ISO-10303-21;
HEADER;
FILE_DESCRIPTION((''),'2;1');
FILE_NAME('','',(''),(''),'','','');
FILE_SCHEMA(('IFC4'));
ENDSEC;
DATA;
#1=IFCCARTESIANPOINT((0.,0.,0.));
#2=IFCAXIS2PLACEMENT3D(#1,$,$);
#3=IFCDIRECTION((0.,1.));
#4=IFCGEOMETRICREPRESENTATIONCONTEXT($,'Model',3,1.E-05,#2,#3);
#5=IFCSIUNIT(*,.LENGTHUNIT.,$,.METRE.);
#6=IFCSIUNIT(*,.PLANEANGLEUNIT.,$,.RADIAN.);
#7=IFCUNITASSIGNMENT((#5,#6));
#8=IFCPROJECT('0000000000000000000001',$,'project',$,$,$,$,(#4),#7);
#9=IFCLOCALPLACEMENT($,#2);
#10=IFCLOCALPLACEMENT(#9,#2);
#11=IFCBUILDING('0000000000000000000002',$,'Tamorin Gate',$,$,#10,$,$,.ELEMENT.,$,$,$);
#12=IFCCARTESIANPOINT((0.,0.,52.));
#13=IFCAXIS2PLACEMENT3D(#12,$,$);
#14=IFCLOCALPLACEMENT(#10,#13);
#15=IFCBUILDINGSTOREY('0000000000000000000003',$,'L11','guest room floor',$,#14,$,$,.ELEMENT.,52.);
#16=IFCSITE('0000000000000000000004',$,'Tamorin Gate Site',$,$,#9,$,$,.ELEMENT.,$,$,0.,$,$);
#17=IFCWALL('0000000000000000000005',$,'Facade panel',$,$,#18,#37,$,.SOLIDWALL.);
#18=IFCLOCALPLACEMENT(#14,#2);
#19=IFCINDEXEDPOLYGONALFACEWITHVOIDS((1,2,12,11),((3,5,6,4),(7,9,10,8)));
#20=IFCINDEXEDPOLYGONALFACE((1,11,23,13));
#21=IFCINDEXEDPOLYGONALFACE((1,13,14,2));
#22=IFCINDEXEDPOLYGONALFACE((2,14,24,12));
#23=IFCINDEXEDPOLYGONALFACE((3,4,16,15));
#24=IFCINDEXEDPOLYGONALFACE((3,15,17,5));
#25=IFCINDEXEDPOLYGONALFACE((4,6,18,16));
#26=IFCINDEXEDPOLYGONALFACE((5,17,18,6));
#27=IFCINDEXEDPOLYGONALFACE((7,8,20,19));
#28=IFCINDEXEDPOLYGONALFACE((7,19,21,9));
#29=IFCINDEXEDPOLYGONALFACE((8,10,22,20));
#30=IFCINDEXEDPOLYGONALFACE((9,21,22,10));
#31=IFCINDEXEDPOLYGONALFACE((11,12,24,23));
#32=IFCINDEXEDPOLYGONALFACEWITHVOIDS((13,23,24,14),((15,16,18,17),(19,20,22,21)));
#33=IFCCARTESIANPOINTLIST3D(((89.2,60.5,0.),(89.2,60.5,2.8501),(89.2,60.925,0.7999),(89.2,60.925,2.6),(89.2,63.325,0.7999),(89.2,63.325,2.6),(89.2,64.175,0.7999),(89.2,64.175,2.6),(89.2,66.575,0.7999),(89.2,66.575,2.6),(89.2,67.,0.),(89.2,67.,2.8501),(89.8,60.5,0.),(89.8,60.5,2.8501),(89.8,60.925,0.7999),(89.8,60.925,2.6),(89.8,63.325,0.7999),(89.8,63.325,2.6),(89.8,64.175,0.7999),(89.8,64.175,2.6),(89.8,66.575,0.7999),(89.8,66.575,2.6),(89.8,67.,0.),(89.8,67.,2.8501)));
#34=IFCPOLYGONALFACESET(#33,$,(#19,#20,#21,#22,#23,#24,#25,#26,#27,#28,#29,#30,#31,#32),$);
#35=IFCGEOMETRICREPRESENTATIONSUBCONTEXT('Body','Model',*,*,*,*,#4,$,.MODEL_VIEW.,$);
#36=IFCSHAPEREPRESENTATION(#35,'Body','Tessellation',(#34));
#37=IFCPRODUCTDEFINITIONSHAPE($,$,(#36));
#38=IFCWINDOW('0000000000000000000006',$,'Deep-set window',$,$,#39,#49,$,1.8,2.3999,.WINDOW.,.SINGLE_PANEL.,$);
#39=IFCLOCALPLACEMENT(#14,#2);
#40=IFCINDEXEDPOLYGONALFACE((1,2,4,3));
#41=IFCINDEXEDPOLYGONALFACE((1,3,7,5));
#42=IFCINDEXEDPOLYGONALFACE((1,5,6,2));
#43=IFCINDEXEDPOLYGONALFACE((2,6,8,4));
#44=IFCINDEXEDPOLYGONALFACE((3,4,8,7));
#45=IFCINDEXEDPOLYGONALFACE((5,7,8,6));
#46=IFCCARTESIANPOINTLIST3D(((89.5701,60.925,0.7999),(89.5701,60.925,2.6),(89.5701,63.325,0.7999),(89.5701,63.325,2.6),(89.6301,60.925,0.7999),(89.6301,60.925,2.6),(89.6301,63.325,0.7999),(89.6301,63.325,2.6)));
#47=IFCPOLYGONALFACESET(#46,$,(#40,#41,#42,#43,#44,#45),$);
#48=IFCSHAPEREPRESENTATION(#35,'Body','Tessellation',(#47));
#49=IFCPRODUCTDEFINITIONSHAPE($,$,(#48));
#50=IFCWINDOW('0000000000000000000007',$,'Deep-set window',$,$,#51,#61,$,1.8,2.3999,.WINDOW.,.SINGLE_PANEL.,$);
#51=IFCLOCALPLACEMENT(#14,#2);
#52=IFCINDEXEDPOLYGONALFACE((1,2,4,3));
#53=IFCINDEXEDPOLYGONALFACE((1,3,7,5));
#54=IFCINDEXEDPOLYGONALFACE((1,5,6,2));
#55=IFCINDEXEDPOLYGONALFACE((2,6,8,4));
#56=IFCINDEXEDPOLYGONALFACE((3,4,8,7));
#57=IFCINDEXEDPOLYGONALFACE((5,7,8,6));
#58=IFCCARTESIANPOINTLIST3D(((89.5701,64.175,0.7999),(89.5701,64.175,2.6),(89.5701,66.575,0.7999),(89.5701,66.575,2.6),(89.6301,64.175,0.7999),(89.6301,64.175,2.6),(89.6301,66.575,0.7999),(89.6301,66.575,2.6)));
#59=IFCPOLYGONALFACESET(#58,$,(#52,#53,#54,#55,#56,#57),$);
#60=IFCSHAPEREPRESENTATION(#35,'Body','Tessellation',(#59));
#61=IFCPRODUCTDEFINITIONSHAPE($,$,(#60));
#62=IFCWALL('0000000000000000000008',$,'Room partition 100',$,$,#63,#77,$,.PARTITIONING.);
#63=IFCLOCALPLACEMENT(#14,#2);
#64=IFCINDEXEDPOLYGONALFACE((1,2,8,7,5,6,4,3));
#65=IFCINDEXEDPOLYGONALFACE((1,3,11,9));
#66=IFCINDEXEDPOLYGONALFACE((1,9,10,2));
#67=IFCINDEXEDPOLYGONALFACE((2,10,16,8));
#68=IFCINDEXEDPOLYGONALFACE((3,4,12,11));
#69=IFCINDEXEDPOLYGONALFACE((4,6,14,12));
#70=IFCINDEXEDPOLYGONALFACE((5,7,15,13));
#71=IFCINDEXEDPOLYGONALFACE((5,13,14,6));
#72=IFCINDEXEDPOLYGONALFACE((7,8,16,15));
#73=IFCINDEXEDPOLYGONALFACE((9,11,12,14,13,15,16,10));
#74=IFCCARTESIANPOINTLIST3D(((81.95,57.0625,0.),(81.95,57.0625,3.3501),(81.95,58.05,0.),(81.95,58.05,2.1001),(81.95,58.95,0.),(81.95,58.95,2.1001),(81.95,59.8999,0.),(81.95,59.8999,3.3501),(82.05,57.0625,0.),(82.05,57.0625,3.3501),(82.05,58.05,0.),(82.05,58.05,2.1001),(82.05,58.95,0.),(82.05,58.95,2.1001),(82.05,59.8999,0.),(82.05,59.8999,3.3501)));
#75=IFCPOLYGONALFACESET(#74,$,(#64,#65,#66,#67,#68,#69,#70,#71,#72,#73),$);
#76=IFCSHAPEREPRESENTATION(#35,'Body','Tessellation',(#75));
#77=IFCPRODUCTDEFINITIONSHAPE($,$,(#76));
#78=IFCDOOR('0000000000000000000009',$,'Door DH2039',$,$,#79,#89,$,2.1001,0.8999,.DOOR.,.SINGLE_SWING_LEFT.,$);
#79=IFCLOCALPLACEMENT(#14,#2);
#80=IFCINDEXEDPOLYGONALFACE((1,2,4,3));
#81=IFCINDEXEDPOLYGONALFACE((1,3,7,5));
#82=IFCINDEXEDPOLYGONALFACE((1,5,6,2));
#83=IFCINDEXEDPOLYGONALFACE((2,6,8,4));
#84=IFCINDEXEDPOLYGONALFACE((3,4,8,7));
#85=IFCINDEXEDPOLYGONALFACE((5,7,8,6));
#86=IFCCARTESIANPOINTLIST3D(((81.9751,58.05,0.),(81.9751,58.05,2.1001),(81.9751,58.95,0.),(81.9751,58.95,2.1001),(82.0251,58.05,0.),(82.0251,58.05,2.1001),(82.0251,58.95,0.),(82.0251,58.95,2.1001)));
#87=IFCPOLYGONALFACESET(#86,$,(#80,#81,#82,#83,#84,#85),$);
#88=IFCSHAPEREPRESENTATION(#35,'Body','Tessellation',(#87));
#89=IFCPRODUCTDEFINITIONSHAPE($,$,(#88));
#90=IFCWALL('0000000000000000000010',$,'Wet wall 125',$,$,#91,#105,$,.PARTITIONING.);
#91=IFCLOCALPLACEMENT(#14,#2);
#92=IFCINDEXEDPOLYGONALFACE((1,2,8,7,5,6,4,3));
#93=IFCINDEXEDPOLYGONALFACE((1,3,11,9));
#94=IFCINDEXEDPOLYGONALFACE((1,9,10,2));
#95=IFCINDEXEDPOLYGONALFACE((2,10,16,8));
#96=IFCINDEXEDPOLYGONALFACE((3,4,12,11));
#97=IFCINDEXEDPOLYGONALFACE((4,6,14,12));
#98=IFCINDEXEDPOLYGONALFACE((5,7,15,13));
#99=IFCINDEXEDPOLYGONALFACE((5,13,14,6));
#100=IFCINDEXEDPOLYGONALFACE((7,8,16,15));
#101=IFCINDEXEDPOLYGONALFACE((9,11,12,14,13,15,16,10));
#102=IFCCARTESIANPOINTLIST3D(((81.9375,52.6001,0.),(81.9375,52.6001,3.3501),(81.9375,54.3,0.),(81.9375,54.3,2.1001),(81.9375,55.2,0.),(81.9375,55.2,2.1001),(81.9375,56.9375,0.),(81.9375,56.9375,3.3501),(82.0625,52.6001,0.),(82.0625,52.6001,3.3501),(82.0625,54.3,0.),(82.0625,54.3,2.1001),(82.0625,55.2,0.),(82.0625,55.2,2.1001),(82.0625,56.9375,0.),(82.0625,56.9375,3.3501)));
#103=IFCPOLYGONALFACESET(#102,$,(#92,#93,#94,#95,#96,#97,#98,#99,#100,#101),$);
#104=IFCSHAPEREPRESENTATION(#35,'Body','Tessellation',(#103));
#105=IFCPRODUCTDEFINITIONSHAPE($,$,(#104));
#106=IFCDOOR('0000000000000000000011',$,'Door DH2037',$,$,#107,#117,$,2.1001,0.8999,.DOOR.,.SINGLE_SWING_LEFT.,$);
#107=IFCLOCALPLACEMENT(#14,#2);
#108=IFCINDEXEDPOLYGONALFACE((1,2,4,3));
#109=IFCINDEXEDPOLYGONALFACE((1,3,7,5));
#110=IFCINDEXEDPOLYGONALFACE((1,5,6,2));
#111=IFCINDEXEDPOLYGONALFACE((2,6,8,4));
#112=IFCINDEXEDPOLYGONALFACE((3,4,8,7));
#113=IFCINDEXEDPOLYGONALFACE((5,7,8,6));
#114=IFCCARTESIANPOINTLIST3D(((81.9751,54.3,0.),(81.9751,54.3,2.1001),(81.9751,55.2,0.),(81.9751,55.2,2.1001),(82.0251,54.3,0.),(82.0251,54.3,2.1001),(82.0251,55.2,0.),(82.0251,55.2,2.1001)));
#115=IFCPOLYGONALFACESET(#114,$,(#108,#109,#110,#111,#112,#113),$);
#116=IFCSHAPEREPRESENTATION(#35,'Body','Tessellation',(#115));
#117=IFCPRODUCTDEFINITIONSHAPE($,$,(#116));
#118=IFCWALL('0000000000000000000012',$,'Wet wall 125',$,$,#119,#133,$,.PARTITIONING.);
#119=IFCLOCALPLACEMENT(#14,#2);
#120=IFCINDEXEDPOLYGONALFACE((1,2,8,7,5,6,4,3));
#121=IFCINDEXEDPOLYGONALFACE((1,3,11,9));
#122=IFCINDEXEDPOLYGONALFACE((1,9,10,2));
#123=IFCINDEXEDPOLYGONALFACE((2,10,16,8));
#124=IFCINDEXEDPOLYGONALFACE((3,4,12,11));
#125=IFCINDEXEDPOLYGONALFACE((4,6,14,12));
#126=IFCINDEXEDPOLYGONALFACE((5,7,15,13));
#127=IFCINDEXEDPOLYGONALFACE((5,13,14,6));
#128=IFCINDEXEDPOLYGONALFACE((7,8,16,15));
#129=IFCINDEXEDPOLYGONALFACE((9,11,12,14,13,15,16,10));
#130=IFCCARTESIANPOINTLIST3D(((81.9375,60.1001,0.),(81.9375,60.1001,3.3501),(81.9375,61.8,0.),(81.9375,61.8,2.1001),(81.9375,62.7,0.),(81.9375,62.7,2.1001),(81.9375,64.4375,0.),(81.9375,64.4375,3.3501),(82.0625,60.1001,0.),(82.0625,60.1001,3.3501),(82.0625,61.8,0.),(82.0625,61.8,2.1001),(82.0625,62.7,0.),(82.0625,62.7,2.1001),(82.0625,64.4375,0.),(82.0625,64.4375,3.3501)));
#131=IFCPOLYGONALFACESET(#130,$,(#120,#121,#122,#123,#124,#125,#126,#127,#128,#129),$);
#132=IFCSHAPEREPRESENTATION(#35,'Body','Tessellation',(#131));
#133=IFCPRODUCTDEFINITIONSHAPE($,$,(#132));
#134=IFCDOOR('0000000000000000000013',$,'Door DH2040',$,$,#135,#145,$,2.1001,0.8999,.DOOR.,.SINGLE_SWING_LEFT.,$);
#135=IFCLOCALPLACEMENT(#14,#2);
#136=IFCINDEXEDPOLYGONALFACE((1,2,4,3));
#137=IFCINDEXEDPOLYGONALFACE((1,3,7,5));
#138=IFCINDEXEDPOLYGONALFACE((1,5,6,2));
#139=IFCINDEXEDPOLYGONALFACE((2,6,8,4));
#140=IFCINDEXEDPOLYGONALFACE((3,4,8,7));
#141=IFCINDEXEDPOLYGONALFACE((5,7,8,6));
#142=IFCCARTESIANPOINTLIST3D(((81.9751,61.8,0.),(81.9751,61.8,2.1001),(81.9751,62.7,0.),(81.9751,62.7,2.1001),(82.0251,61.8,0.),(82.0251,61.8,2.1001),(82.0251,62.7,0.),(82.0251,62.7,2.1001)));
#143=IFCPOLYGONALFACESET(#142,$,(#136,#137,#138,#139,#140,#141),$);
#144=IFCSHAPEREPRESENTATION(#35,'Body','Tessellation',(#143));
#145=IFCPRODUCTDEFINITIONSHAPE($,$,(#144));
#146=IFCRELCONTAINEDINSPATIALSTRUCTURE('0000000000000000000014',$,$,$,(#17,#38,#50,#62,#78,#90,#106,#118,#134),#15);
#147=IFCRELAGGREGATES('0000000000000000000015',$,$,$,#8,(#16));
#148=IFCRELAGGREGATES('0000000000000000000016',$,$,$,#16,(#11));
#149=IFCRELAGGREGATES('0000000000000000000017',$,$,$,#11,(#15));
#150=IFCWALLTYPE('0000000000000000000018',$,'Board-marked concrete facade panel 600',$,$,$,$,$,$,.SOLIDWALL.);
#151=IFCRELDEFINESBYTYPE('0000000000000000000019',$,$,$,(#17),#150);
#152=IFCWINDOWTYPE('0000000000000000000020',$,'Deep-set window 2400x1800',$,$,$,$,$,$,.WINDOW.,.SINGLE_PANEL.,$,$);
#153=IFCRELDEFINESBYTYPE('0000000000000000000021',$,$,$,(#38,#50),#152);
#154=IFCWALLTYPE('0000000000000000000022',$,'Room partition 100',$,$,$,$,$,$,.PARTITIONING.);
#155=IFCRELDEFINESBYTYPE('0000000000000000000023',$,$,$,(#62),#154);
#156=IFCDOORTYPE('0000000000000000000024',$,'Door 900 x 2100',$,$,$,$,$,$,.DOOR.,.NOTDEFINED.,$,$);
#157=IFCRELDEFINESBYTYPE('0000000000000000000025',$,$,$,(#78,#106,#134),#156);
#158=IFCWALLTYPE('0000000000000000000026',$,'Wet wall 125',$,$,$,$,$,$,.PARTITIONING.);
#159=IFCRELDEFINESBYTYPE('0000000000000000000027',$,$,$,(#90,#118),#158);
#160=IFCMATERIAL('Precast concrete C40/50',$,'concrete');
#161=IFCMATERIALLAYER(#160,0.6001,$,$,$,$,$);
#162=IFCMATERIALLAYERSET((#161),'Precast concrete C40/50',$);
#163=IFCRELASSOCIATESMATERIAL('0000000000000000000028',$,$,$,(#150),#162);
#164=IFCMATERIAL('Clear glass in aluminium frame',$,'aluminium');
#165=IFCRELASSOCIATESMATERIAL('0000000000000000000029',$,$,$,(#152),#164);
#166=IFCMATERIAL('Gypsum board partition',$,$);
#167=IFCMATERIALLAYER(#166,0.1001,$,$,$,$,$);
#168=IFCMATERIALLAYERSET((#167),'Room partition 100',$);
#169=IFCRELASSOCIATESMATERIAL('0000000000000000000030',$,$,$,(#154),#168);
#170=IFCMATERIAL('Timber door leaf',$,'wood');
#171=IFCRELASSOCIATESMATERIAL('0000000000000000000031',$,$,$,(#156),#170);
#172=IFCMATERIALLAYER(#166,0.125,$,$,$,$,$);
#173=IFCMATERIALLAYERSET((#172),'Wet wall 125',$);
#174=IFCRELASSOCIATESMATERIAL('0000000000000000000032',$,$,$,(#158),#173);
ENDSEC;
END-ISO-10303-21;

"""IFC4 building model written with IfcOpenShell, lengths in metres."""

from ifc_helpers import new_model, si_unit, direction, frame, frame_2d, origin, place, context, subcontext, project, spatial, rectangle, extrude, material, layer, layer_set, type_object, element, fill, save


model = new_model("IFC4")

# Units and contexts
model_context = context("Model", 3, precision=1e-05, world=origin(), true_north=direction((0.0, 1.0)))
body_context = subcontext(model_context, "Body", "Model", "MODEL_VIEW")
ifc_project = project(units=[si_unit("LENGTHUNIT", "METRE"), si_unit("PLANEANGLEUNIT", "RADIAN")], contexts=[model_context])

# Site, building, storey
site_placement = place(None, origin())
site = spatial("IfcSite", under=ifc_project, at=site_placement, Name="Tamorin Gate Site", CompositionType="ELEMENT", RefElevation=0.0)
building_placement = place(site_placement, origin())
building = spatial("IfcBuilding", under=site, at=building_placement, Name="Tamorin Gate", CompositionType="ELEMENT")
storey_placement = place(building_placement, frame((0.0, 0.0, 52.0)))
storey = spatial("IfcBuildingStorey", under=building, at=storey_placement, Name="L11", Description="guest room floor", CompositionType="ELEMENT", Elevation=52.0)

# Wall, openings, windows
ifc_material_1 = material(Name="Precast concrete C40/50", Category="concrete")
ifc_layer_1 = layer(ifc_material_1, 0.6001)
ifc_layer_set_1 = layer_set([ifc_layer_1], Name="Precast concrete C40/50")
wall_type_1 = type_object("IfcWallType", Name="Board-marked concrete facade panel 600", PredefinedType="SOLIDWALL", material=ifc_layer_set_1)
ifc_material_2 = material(Name="Clear glass in aluminium frame", Category="aluminium")
window_type = type_object("IfcWindowType", Name="Deep-set window 2400x1800", PartitioningType="SINGLE_PANEL", PredefinedType="WINDOW", material=ifc_material_2)
wall_1_placement = place(storey_placement, frame((89.5, 60.5, 0.0), z_axis=(0.0, 0.0, 1.0), x_axis=(0.0, 1.0, 0.0)))
wall_1 = element("IfcWall", 1, at=wall_1_placement, inside=storey, type_object=wall_type_1, Name="Facade panel", PredefinedType="SOLIDWALL", context=body_context, shape_type="SweptSolid", body=[
    extrude(rectangle(XDim=6.5, YDim=0.6001, at=frame_2d((3.25, 0.0))), origin(), (0.0, 0.0, 1.0), 2.8501),
])
opening_1_placement = place(wall_1_placement, frame((0.425, 0.0, 0.8)))
opening_1 = element("IfcOpeningElement", 2, at=opening_1_placement, cuts=wall_1, PredefinedType="OPENING", context=body_context, shape_type="SweptSolid", body=[
    extrude(rectangle(XDim=2.3999, YDim=1.8, at=frame_2d((1.2, 0.8999))), frame((0.0, 0.3101, 0.0), z_axis=(0.0, -1.0, 0.0), x_axis=(1.0, 0.0, 0.0)), (0.0, 0.0, 1.0), 0.6201),
])
opening_2_placement = place(wall_1_placement, frame((3.675, 0.0, 0.8)))
opening_2 = element("IfcOpeningElement", 3, at=opening_2_placement, cuts=wall_1, PredefinedType="OPENING", context=body_context, shape_type="SweptSolid", body=[
    extrude(rectangle(XDim=2.3999, YDim=1.8, at=frame_2d((1.2, 0.8999))), frame((0.0, 0.3101, 0.0), z_axis=(0.0, -1.0, 0.0), x_axis=(1.0, 0.0, 0.0)), (0.0, 0.0, 1.0), 0.6201),
])
window_1_placement = place(opening_1_placement, origin())
window_1 = element("IfcWindow", 4, at=window_1_placement, inside=storey, type_object=window_type, Name="Deep-set window", OverallHeight=1.8, OverallWidth=2.3999, PartitioningType="SINGLE_PANEL", PredefinedType="WINDOW", context=body_context, shape_type="SweptSolid", body=[
    extrude(rectangle(XDim=2.3999, YDim=1.8, at=frame_2d((1.2, 0.8999))), frame((0.0, -0.0701, 0.0), z_axis=(0.0, -1.0, 0.0), x_axis=(1.0, 0.0, 0.0)), (0.0, 0.0, 1.0), 0.0601),
])
fill(opening_1, window_1)
window_2_placement = place(opening_2_placement, origin())
window_2 = element("IfcWindow", 5, at=window_2_placement, inside=storey, type_object=window_type, Name="Deep-set window", OverallHeight=1.8, OverallWidth=2.3999, PartitioningType="SINGLE_PANEL", PredefinedType="WINDOW", context=body_context, shape_type="SweptSolid", body=[
    extrude(rectangle(XDim=2.3999, YDim=1.8, at=frame_2d((1.2, 0.8999))), frame((0.0, -0.0701, 0.0), z_axis=(0.0, -1.0, 0.0), x_axis=(1.0, 0.0, 0.0)), (0.0, 0.0, 1.0), 0.0601),
])
fill(opening_2, window_2)

# Walls, openings, doors
ifc_material_3 = material(Name="Gypsum board partition")
ifc_layer_2 = layer(ifc_material_3, 0.1001)
ifc_layer_set_2 = layer_set([ifc_layer_2], Name="Room partition 100")
wall_type_2 = type_object("IfcWallType", Name="Room partition 100", PredefinedType="PARTITIONING", material=ifc_layer_set_2)
wall_2_placement = place(storey_placement, frame((82.0, 57.0625, 0.0), z_axis=(0.0, 0.0, 1.0), x_axis=(0.0, 1.0, 0.0)))
wall_2 = element("IfcWall", 6, at=wall_2_placement, inside=storey, type_object=wall_type_2, Name="Room partition 100", PredefinedType="PARTITIONING", context=body_context, shape_type="SweptSolid", body=[
    extrude(rectangle(XDim=2.8374, YDim=0.1001, at=frame_2d((1.4187, 0.0))), origin(), (0.0, 0.0, 1.0), 3.3501),
])
opening_3_placement = place(wall_2_placement, frame((0.9875, 0.0, 0.0)))
opening_3 = element("IfcOpeningElement", 7, at=opening_3_placement, cuts=wall_2, PredefinedType="OPENING", context=body_context, shape_type="SweptSolid", body=[
    extrude(rectangle(XDim=0.8999, YDim=2.1001, at=frame_2d((0.45, 1.05))), frame((0.0, 0.0601, 0.0), z_axis=(0.0, -1.0, 0.0), x_axis=(1.0, 0.0, 0.0)), (0.0, 0.0, 1.0), 0.1201),
])
ifc_material_4 = material(Name="Timber door leaf", Category="wood")
door_type = type_object("IfcDoorType", Name="Door 900 x 2100", OperationType="NOTDEFINED", PredefinedType="DOOR", material=ifc_material_4)
door_1_placement = place(opening_3_placement, origin())
door_1 = element("IfcDoor", 8, at=door_1_placement, inside=storey, type_object=door_type, Name="Door DH2039", OperationType="SINGLE_SWING_LEFT", OverallHeight=2.1001, OverallWidth=0.8999, PredefinedType="DOOR", context=body_context, shape_type="SweptSolid", body=[
    extrude(rectangle(XDim=0.8999, YDim=2.1001, at=frame_2d((0.45, 1.05))), frame((0.0, 0.0249, 0.0), z_axis=(0.0, -1.0, 0.0), x_axis=(1.0, 0.0, 0.0)), (0.0, 0.0, 1.0), 0.05),
])
fill(opening_3, door_1)
ifc_layer_3 = layer(ifc_material_3, 0.125)
ifc_layer_set_3 = layer_set([ifc_layer_3], Name="Wet wall 125")
wall_type_3 = type_object("IfcWallType", Name="Wet wall 125", PredefinedType="PARTITIONING", material=ifc_layer_set_3)
wall_3_placement = place(storey_placement, frame((82.0, 52.6001, 0.0), z_axis=(0.0, 0.0, 1.0), x_axis=(0.0, 1.0, 0.0)))
wall_3 = element("IfcWall", 9, at=wall_3_placement, inside=storey, type_object=wall_type_3, Name="Wet wall 125", PredefinedType="PARTITIONING", context=body_context, shape_type="SweptSolid", body=[
    extrude(rectangle(XDim=4.3374, YDim=0.125, at=frame_2d((2.1687, 0.0))), origin(), (0.0, 0.0, 1.0), 3.3501),
])
opening_4_placement = place(wall_3_placement, frame((1.7, 0.0, 0.0)))
opening_4 = element("IfcOpeningElement", 10, at=opening_4_placement, cuts=wall_3, PredefinedType="OPENING", context=body_context, shape_type="SweptSolid", body=[
    extrude(rectangle(XDim=0.8999, YDim=2.1001, at=frame_2d((0.45, 1.05))), frame((0.0, 0.0725, 0.0), z_axis=(0.0, -1.0, 0.0), x_axis=(1.0, 0.0, 0.0)), (0.0, 0.0, 1.0), 0.145),
])
door_2_placement = place(opening_4_placement, origin())
door_2 = element("IfcDoor", 11, at=door_2_placement, inside=storey, type_object=door_type, Name="Door DH2037", OperationType="SINGLE_SWING_LEFT", OverallHeight=2.1001, OverallWidth=0.8999, PredefinedType="DOOR", context=body_context, shape_type="SweptSolid", body=[
    extrude(rectangle(XDim=0.8999, YDim=2.1001, at=frame_2d((0.45, 1.05))), frame((0.0, 0.0249, 0.0), z_axis=(0.0, -1.0, 0.0), x_axis=(1.0, 0.0, 0.0)), (0.0, 0.0, 1.0), 0.05),
])
fill(opening_4, door_2)
wall_4_placement = place(storey_placement, frame((82.0, 60.1001, 0.0), z_axis=(0.0, 0.0, 1.0), x_axis=(0.0, 1.0, 0.0)))
wall_4 = element("IfcWall", 12, at=wall_4_placement, inside=storey, type_object=wall_type_3, Name="Wet wall 125", PredefinedType="PARTITIONING", context=body_context, shape_type="SweptSolid", body=[
    extrude(rectangle(XDim=4.3374, YDim=0.125, at=frame_2d((2.1687, 0.0))), origin(), (0.0, 0.0, 1.0), 3.3501),
])
opening_5_placement = place(wall_4_placement, frame((1.7, 0.0, 0.0)))
opening_5 = element("IfcOpeningElement", 13, at=opening_5_placement, cuts=wall_4, PredefinedType="OPENING", context=body_context, shape_type="SweptSolid", body=[
    extrude(rectangle(XDim=0.8999, YDim=2.1001, at=frame_2d((0.45, 1.05))), frame((0.0, 0.0725, 0.0), z_axis=(0.0, -1.0, 0.0), x_axis=(1.0, 0.0, 0.0)), (0.0, 0.0, 1.0), 0.145),
])
door_3_placement = place(opening_5_placement, origin())
door_3 = element("IfcDoor", 14, at=door_3_placement, inside=storey, type_object=door_type, Name="Door DH2040", OperationType="SINGLE_SWING_LEFT", OverallHeight=2.1001, OverallWidth=0.8999, PredefinedType="DOOR", context=body_context, shape_type="SweptSolid", body=[
    extrude(rectangle(XDim=0.8999, YDim=2.1001, at=frame_2d((0.45, 1.05))), frame((0.0, 0.0249, 0.0), z_axis=(0.0, -1.0, 0.0), x_axis=(1.0, 0.0, 0.0)), (0.0, 0.0, 1.0), 0.05),
])
fill(opening_5, door_3)

save(model, "model.ifc")
